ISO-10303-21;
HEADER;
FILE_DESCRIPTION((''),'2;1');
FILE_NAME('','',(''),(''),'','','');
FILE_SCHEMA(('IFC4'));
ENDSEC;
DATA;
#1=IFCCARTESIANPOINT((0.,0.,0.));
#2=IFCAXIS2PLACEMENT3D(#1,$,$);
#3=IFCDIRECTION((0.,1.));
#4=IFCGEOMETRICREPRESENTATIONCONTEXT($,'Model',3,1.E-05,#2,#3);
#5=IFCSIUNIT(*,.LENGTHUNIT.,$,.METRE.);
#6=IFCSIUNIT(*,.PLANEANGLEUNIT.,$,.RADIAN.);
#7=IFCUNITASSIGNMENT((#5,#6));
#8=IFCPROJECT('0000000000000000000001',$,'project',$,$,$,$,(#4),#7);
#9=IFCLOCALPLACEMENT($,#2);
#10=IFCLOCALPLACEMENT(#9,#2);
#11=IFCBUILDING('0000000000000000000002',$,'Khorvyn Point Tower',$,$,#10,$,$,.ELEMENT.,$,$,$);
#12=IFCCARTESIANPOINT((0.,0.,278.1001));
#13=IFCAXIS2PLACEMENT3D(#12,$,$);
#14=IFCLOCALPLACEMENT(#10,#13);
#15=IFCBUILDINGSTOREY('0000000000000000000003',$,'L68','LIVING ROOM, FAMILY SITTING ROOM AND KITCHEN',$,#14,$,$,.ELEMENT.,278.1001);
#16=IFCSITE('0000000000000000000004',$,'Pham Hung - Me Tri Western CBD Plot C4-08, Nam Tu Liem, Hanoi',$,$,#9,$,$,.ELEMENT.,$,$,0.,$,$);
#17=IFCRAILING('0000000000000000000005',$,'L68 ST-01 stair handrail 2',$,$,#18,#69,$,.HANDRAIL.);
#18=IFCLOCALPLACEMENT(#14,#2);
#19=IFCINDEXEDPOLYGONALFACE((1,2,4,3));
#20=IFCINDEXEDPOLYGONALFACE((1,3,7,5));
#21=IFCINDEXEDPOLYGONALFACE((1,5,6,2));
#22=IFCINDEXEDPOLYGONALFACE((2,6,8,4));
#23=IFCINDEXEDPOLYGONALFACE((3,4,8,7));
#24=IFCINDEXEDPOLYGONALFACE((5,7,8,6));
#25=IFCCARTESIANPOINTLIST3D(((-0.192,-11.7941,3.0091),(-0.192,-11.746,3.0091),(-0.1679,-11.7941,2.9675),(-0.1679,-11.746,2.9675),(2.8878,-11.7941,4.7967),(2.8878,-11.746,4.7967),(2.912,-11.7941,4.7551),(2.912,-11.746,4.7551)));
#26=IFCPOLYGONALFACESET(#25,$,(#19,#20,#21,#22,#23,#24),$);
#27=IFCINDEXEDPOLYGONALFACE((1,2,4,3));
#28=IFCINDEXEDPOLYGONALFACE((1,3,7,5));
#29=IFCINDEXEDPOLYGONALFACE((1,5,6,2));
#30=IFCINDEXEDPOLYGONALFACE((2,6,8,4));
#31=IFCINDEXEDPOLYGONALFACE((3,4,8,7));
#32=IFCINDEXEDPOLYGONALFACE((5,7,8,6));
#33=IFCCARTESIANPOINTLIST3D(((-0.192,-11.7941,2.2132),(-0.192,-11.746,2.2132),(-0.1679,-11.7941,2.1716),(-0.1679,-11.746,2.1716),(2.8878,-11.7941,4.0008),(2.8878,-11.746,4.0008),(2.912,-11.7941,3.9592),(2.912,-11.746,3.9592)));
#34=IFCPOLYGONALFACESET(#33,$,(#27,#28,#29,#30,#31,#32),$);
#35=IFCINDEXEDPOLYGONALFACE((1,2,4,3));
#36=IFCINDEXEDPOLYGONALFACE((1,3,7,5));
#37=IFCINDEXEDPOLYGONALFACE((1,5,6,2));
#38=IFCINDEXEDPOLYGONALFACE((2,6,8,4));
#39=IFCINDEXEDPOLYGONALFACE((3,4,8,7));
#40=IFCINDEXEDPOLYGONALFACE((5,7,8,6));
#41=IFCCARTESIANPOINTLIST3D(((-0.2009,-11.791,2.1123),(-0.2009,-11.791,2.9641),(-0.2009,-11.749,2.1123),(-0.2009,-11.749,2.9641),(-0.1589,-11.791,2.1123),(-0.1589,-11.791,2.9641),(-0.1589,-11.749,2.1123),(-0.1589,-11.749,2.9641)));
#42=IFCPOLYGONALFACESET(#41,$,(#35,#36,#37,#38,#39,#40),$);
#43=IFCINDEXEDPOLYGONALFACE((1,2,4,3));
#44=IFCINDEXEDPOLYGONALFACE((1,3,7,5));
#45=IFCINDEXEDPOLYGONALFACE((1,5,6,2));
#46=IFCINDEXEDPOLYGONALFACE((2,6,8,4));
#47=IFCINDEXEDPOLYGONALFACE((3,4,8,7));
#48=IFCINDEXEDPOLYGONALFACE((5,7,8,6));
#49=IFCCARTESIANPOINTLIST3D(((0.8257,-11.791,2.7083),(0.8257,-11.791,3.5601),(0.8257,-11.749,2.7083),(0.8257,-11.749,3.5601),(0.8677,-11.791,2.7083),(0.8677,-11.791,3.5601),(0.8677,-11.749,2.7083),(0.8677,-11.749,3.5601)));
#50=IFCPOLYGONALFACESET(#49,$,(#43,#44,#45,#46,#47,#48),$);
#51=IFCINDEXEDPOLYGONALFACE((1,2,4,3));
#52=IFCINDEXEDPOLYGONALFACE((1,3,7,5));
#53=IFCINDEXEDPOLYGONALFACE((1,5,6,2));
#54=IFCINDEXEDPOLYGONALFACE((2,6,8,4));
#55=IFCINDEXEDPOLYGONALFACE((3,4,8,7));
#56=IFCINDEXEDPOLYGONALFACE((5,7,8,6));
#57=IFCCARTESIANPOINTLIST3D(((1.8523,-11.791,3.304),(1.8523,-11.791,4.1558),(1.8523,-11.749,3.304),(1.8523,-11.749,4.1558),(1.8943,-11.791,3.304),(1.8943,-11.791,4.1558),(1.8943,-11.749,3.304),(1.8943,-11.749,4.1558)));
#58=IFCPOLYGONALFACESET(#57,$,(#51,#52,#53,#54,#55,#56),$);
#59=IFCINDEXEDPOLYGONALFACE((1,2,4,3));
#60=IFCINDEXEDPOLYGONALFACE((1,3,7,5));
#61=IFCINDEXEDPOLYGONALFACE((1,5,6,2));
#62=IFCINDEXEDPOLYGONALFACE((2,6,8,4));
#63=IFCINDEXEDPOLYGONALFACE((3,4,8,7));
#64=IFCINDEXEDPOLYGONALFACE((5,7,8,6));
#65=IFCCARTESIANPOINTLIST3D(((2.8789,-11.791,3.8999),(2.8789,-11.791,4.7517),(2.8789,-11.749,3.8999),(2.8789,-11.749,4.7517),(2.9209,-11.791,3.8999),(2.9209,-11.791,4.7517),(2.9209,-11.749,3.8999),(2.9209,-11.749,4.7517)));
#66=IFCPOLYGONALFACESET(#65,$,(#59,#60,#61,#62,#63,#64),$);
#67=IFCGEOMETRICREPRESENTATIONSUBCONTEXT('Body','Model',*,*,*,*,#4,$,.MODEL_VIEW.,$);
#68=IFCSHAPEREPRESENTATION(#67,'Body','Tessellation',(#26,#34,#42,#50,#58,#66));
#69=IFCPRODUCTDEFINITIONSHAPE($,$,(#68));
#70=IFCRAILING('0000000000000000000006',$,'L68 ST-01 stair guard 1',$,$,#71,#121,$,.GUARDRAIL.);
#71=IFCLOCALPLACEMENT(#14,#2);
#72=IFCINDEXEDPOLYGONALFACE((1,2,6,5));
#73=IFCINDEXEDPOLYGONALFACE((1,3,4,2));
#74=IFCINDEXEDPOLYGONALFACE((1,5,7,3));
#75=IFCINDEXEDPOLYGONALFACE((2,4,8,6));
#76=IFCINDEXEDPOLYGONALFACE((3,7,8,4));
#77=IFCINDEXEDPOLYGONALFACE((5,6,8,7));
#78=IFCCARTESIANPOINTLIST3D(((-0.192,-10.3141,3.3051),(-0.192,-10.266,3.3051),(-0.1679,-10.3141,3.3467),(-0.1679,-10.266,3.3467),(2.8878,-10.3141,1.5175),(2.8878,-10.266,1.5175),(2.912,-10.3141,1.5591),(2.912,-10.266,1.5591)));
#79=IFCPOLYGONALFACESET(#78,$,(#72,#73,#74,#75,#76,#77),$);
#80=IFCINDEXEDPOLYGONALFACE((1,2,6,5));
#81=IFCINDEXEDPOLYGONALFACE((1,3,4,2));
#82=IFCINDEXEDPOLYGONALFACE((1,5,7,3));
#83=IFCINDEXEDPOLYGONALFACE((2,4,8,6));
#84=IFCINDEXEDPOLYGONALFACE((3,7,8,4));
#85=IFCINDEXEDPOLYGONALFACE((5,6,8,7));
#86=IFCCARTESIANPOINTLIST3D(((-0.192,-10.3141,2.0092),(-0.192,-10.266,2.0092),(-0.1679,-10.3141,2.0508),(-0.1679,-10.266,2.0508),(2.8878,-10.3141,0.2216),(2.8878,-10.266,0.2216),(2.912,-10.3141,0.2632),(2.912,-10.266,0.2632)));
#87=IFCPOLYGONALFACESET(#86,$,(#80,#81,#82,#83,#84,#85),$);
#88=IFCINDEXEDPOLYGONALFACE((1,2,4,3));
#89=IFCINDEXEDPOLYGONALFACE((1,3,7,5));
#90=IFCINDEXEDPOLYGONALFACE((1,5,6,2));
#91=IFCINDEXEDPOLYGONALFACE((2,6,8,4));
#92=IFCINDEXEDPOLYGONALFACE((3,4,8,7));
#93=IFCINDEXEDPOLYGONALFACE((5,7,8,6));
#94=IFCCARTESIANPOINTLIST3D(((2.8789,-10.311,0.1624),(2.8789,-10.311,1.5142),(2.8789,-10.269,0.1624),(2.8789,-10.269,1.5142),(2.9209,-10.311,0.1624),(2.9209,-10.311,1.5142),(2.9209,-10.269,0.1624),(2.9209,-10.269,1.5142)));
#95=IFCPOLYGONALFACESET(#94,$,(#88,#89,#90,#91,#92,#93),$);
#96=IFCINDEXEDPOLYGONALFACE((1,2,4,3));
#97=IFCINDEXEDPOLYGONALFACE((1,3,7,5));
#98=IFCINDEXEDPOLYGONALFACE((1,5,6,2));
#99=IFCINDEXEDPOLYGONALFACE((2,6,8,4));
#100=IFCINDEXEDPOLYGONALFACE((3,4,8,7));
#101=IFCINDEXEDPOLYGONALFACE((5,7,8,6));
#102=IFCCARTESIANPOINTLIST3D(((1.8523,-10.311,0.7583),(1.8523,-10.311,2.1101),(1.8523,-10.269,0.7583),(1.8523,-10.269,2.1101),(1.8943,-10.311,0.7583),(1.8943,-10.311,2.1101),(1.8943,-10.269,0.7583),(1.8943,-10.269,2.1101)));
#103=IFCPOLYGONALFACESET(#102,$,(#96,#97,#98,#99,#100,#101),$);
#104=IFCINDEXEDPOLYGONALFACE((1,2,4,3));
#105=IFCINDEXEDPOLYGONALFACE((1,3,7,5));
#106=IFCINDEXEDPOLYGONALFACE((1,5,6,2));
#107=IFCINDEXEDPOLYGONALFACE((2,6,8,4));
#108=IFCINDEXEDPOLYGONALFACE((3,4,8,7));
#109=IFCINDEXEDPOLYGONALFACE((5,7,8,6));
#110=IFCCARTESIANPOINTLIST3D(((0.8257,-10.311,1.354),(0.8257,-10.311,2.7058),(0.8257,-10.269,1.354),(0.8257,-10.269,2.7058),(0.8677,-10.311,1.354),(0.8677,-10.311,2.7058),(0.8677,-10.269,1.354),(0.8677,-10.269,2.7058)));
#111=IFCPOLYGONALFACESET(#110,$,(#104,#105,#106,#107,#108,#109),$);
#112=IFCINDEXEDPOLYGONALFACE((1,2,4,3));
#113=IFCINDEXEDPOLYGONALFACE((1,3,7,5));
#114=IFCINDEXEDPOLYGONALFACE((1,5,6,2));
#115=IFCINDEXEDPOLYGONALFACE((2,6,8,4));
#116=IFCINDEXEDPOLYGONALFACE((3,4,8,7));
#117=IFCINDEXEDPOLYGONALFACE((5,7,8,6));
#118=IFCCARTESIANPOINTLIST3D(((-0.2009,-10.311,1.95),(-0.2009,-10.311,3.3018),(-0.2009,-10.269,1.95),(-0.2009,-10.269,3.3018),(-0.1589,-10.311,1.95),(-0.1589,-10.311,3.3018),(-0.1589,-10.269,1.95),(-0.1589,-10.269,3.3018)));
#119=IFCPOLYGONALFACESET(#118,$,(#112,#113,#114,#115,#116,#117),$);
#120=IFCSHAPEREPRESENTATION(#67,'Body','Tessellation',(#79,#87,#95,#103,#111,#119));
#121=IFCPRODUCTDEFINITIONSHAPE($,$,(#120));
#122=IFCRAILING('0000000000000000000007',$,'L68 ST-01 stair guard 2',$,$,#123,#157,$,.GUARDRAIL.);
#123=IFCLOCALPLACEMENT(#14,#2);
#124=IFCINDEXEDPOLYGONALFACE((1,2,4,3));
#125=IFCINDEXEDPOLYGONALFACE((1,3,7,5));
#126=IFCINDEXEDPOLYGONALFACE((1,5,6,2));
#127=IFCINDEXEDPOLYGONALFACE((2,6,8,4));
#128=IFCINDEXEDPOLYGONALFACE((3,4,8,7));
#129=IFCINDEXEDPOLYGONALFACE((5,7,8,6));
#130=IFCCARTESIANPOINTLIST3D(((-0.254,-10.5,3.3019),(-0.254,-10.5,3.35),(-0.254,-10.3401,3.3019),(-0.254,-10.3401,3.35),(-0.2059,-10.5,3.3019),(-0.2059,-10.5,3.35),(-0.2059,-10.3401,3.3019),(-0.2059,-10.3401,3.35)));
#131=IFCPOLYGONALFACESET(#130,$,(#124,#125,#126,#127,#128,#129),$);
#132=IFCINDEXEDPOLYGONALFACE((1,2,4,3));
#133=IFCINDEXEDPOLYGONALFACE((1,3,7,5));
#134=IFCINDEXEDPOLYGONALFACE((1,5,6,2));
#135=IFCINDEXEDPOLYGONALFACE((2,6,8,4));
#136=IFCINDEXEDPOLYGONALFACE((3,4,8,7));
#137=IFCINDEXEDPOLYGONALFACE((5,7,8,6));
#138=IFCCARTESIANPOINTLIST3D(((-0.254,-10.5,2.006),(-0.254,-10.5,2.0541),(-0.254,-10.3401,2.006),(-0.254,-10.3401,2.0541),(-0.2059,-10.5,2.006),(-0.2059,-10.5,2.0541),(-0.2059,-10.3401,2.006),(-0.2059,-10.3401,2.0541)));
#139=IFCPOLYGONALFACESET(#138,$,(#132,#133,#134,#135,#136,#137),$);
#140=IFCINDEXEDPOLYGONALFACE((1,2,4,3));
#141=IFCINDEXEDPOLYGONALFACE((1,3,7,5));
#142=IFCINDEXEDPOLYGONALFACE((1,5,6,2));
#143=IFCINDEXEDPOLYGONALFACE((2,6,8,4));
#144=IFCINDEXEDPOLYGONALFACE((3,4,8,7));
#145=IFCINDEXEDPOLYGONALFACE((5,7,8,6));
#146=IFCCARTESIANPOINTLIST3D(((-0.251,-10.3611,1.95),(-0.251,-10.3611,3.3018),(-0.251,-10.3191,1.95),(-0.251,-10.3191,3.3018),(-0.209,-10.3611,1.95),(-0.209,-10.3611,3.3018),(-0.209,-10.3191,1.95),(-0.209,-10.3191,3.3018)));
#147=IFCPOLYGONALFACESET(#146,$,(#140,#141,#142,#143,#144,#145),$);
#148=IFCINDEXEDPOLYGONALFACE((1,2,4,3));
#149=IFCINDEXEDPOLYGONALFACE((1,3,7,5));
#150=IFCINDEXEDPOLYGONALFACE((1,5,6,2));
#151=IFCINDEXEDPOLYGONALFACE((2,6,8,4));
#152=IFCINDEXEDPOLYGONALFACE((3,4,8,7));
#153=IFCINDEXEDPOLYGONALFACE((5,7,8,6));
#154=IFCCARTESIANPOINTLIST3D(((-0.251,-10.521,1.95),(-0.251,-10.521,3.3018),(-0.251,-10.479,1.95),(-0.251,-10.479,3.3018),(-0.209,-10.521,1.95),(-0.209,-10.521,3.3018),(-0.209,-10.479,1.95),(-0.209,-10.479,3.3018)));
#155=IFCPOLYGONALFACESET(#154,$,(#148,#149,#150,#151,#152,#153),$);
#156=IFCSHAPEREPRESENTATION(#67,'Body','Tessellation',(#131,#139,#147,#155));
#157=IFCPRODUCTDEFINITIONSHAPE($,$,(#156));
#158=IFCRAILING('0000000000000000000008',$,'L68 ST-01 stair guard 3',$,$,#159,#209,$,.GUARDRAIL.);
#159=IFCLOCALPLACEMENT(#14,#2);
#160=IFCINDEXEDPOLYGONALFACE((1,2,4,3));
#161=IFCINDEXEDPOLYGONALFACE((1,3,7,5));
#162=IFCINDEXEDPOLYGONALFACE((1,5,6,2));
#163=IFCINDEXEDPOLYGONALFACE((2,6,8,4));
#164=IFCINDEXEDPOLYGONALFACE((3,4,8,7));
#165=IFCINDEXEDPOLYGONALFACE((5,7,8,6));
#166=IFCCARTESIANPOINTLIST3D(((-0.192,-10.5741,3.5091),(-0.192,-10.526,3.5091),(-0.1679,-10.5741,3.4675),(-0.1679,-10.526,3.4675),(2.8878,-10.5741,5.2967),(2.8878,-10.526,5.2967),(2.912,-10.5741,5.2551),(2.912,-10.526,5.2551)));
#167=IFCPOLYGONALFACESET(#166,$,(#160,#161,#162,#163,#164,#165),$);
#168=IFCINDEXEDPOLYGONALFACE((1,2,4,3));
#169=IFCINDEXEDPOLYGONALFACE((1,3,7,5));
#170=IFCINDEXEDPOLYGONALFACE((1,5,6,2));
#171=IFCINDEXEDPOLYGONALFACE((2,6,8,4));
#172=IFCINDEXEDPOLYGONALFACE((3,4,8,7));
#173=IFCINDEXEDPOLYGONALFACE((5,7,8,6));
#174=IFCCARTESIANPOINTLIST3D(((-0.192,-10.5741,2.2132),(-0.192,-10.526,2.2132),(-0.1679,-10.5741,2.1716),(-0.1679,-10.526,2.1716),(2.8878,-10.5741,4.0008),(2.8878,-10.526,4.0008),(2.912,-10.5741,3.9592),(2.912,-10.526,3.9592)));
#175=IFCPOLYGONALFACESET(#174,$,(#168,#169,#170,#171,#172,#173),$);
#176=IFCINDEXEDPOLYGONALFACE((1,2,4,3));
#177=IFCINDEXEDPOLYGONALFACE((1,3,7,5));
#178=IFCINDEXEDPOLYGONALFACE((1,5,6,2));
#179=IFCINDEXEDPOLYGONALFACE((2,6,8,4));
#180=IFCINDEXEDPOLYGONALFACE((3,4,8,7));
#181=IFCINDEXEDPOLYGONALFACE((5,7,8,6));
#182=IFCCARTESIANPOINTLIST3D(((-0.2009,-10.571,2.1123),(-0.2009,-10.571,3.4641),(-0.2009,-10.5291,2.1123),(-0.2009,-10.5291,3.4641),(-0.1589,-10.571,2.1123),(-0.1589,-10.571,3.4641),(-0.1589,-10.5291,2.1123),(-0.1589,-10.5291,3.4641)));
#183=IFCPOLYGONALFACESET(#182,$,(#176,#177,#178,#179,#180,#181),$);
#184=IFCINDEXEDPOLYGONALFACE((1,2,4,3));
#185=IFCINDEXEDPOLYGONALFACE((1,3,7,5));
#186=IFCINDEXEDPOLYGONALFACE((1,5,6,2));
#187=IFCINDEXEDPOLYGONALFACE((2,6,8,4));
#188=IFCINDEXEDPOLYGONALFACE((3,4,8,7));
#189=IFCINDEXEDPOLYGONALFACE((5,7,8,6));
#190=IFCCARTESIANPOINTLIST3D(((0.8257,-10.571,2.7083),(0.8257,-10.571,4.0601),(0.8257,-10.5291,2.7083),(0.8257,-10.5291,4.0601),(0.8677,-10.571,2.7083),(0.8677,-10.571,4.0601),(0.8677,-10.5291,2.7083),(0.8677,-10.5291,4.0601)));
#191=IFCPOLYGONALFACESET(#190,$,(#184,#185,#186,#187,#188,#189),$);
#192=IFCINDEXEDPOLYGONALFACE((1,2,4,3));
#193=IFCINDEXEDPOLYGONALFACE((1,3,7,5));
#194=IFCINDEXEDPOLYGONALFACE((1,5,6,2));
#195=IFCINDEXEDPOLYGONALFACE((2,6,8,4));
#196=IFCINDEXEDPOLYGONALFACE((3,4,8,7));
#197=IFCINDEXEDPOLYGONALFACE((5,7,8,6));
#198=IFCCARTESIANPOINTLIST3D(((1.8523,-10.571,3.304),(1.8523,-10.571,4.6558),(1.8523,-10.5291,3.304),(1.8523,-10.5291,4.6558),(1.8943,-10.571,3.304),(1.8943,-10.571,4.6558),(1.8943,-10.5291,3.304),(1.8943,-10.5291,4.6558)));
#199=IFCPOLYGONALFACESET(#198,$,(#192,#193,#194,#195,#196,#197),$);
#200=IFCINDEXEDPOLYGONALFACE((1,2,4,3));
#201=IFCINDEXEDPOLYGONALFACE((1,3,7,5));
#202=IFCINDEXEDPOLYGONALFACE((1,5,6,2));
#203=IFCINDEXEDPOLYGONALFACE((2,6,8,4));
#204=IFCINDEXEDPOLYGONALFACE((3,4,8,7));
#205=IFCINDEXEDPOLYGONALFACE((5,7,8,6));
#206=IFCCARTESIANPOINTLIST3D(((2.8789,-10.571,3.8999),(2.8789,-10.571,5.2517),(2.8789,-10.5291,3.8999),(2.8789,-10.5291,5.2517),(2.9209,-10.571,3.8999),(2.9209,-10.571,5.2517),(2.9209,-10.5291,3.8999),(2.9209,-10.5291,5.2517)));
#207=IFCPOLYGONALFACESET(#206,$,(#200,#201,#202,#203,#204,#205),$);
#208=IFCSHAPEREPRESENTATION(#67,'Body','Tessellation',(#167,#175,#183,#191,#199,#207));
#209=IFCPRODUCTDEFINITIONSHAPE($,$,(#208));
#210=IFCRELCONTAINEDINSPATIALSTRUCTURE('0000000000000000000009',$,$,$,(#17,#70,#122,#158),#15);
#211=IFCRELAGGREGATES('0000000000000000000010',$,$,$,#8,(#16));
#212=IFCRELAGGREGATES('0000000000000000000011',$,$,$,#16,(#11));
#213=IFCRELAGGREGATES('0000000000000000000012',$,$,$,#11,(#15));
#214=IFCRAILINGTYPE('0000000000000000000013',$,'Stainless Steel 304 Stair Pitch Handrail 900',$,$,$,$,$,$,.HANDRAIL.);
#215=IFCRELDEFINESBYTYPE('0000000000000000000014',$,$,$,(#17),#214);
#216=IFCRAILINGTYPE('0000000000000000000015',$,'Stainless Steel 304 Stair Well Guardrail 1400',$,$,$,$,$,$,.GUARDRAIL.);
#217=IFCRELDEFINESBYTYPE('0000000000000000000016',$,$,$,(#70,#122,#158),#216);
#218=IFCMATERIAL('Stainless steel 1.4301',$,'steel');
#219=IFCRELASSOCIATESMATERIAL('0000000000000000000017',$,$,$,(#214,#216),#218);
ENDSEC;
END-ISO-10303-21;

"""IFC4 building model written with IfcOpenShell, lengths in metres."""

from ifc_helpers import new_model, si_unit, direction, frame, origin, origin_2d, place, context, subcontext, project, spatial, rectangle, extrude, material, type_object, element, save


model = new_model("IFC4")

# Units and contexts
model_context = context("Model", 3, precision=1e-05, world=origin(), true_north=direction((0.0, 1.0)))
body_context = subcontext(model_context, "Body", "Model", "MODEL_VIEW")
ifc_project = project(units=[si_unit("LENGTHUNIT", "METRE"), si_unit("PLANEANGLEUNIT", "RADIAN")], contexts=[model_context])

# Site, building, storey
site_placement = place(None, origin())
site = spatial("IfcSite", under=ifc_project, at=site_placement, Name="Pham Hung - Me Tri Western CBD Plot C4-08, Nam Tu Liem, Hanoi", CompositionType="ELEMENT", RefElevation=0.0)
building_placement = place(site_placement, origin())
building = spatial("IfcBuilding", under=site, at=building_placement, Name="Khorvyn Point Tower", CompositionType="ELEMENT")
storey_placement = place(building_placement, frame((0.0, 0.0, 278.1001)))
storey = spatial("IfcBuildingStorey", under=building, at=storey_placement, Name="L68", Description="LIVING ROOM, FAMILY SITTING ROOM AND KITCHEN", CompositionType="ELEMENT", Elevation=278.1001)

# Shared definitions
ifc_material_1 = material(Name="Stainless steel 1.4301", Category="steel")

# Railings
railing_type_1 = type_object("IfcRailingType", Name="Stainless Steel 304 Stair Pitch Handrail 900", PredefinedType="HANDRAIL", material=ifc_material_1)
railing_1_placement = place(storey_placement, frame((-0.1799, -11.77, 2.1123)))
element("IfcRailing", 1, at=railing_1_placement, inside=storey, type_object=railing_type_1, Name="L68 ST-01 stair handrail 2", PredefinedType="HANDRAIL", context=body_context, shape_type="SweptSolid", body=[
    extrude(rectangle(XDim=0.0481, YDim=0.0481, at=origin_2d()), frame((0.0, 0.0, 0.876), z_axis=(0.864873, 0.0, 0.50199), x_axis=(0.0, 1.0, 0.0)), (0.0, 0.0, 1.0), 3.561),
    extrude(rectangle(XDim=0.0481, YDim=0.0481, at=origin_2d()), frame((0.0, 0.0, 0.0801), z_axis=(0.864873, 0.0, 0.50199), x_axis=(0.0, 1.0, 0.0)), (0.0, 0.0, 1.0), 3.561),
    extrude(rectangle(XDim=0.042, YDim=0.042, at=origin_2d()), origin(), (0.0, 0.0, 1.0), 0.8518),
    extrude(rectangle(XDim=0.042, YDim=0.042, at=origin_2d()), frame((1.0266, 0.0, 0.5959)), (0.0, 0.0, 1.0), 0.8518),
    extrude(rectangle(XDim=0.042, YDim=0.042, at=origin_2d()), frame((2.0532, 0.0, 1.1917)), (0.0, 0.0, 1.0), 0.8518),
    extrude(rectangle(XDim=0.042, YDim=0.042, at=origin_2d()), frame((3.0798, 0.0, 1.7876)), (0.0, 0.0, 1.0), 0.8518),
])
railing_type_2 = type_object("IfcRailingType", Name="Stainless Steel 304 Stair Well Guardrail 1400", PredefinedType="GUARDRAIL", material=ifc_material_1)
railing_2_placement = place(storey_placement, frame((2.8999, -10.29, 0.1624)))
element("IfcRailing", 2, at=railing_2_placement, inside=storey, type_object=railing_type_2, Name="L68 ST-01 stair guard 1", PredefinedType="GUARDRAIL", context=body_context, shape_type="SweptSolid", body=[
    extrude(rectangle(XDim=0.0481, YDim=0.0481, at=origin_2d()), frame((0.0, 0.0, 1.376), z_axis=(-0.864873, 0.0, 0.50199), x_axis=(0.0, -1.0, 0.0)), (0.0, 0.0, 1.0), 3.561),
    extrude(rectangle(XDim=0.0481, YDim=0.0481, at=origin_2d()), frame((0.0, 0.0, 0.0801), z_axis=(-0.864873, 0.0, 0.50199), x_axis=(0.0, -1.0, 0.0)), (0.0, 0.0, 1.0), 3.561),
    extrude(rectangle(XDim=0.042, YDim=0.042, at=origin_2d()), origin(), (0.0, 0.0, 1.0), 1.3518),
    extrude(rectangle(XDim=0.042, YDim=0.042, at=origin_2d()), frame((-1.0266, 0.0, 0.5959)), (0.0, 0.0, 1.0), 1.3518),
    extrude(rectangle(XDim=0.042, YDim=0.042, at=origin_2d()), frame((-2.0532, 0.0, 1.1917)), (0.0, 0.0, 1.0), 1.3518),
    extrude(rectangle(XDim=0.042, YDim=0.042, at=origin_2d()), frame((-3.0798, 0.0, 1.7876)), (0.0, 0.0, 1.0), 1.3518),
])
railing_3_placement = place(storey_placement, frame((-0.23, -10.3401, 1.95)))
element("IfcRailing", 3, at=railing_3_placement, inside=storey, type_object=railing_type_2, Name="L68 ST-01 stair guard 2", PredefinedType="GUARDRAIL", context=body_context, shape_type="SweptSolid", body=[
    extrude(rectangle(XDim=0.0481, YDim=0.0481, at=origin_2d()), frame((0.0, 0.0, 1.376), z_axis=(0.0, -1.0, 0.0), x_axis=(1.0, 0.0, 0.0)), (0.0, 0.0, 1.0), 0.1599),
    extrude(rectangle(XDim=0.0481, YDim=0.0481, at=origin_2d()), frame((0.0, 0.0, 0.0801), z_axis=(0.0, -1.0, 0.0), x_axis=(1.0, 0.0, 0.0)), (0.0, 0.0, 1.0), 0.1599),
    extrude(rectangle(XDim=0.042, YDim=0.042, at=origin_2d()), origin(), (0.0, 0.0, 1.0), 1.3518),
    extrude(rectangle(XDim=0.042, YDim=0.042, at=origin_2d()), frame((0.0, -0.1599, 0.0)), (0.0, 0.0, 1.0), 1.3518),
])
railing_4_placement = place(storey_placement, frame((-0.1799, -10.55, 2.1123)))
element("IfcRailing", 4, at=railing_4_placement, inside=storey, type_object=railing_type_2, Name="L68 ST-01 stair guard 3", PredefinedType="GUARDRAIL", context=body_context, shape_type="SweptSolid", body=[
    extrude(rectangle(XDim=0.0481, YDim=0.0481, at=origin_2d()), frame((0.0, 0.0, 1.376), z_axis=(0.864873, 0.0, 0.50199), x_axis=(0.0, 1.0, 0.0)), (0.0, 0.0, 1.0), 3.561),
    extrude(rectangle(XDim=0.0481, YDim=0.0481, at=origin_2d()), frame((0.0, 0.0, 0.0801), z_axis=(0.864873, 0.0, 0.50199), x_axis=(0.0, 1.0, 0.0)), (0.0, 0.0, 1.0), 3.561),
    extrude(rectangle(XDim=0.042, YDim=0.042, at=origin_2d()), origin(), (0.0, 0.0, 1.0), 1.3518),
    extrude(rectangle(XDim=0.042, YDim=0.042, at=origin_2d()), frame((1.0266, 0.0, 0.5959)), (0.0, 0.0, 1.0), 1.3518),
    extrude(rectangle(XDim=0.042, YDim=0.042, at=origin_2d()), frame((2.0532, 0.0, 1.1917)), (0.0, 0.0, 1.0), 1.3518),
    extrude(rectangle(XDim=0.042, YDim=0.042, at=origin_2d()), frame((3.0798, 0.0, 1.7876)), (0.0, 0.0, 1.0), 1.3518),
])

save(model, "model.ifc")
